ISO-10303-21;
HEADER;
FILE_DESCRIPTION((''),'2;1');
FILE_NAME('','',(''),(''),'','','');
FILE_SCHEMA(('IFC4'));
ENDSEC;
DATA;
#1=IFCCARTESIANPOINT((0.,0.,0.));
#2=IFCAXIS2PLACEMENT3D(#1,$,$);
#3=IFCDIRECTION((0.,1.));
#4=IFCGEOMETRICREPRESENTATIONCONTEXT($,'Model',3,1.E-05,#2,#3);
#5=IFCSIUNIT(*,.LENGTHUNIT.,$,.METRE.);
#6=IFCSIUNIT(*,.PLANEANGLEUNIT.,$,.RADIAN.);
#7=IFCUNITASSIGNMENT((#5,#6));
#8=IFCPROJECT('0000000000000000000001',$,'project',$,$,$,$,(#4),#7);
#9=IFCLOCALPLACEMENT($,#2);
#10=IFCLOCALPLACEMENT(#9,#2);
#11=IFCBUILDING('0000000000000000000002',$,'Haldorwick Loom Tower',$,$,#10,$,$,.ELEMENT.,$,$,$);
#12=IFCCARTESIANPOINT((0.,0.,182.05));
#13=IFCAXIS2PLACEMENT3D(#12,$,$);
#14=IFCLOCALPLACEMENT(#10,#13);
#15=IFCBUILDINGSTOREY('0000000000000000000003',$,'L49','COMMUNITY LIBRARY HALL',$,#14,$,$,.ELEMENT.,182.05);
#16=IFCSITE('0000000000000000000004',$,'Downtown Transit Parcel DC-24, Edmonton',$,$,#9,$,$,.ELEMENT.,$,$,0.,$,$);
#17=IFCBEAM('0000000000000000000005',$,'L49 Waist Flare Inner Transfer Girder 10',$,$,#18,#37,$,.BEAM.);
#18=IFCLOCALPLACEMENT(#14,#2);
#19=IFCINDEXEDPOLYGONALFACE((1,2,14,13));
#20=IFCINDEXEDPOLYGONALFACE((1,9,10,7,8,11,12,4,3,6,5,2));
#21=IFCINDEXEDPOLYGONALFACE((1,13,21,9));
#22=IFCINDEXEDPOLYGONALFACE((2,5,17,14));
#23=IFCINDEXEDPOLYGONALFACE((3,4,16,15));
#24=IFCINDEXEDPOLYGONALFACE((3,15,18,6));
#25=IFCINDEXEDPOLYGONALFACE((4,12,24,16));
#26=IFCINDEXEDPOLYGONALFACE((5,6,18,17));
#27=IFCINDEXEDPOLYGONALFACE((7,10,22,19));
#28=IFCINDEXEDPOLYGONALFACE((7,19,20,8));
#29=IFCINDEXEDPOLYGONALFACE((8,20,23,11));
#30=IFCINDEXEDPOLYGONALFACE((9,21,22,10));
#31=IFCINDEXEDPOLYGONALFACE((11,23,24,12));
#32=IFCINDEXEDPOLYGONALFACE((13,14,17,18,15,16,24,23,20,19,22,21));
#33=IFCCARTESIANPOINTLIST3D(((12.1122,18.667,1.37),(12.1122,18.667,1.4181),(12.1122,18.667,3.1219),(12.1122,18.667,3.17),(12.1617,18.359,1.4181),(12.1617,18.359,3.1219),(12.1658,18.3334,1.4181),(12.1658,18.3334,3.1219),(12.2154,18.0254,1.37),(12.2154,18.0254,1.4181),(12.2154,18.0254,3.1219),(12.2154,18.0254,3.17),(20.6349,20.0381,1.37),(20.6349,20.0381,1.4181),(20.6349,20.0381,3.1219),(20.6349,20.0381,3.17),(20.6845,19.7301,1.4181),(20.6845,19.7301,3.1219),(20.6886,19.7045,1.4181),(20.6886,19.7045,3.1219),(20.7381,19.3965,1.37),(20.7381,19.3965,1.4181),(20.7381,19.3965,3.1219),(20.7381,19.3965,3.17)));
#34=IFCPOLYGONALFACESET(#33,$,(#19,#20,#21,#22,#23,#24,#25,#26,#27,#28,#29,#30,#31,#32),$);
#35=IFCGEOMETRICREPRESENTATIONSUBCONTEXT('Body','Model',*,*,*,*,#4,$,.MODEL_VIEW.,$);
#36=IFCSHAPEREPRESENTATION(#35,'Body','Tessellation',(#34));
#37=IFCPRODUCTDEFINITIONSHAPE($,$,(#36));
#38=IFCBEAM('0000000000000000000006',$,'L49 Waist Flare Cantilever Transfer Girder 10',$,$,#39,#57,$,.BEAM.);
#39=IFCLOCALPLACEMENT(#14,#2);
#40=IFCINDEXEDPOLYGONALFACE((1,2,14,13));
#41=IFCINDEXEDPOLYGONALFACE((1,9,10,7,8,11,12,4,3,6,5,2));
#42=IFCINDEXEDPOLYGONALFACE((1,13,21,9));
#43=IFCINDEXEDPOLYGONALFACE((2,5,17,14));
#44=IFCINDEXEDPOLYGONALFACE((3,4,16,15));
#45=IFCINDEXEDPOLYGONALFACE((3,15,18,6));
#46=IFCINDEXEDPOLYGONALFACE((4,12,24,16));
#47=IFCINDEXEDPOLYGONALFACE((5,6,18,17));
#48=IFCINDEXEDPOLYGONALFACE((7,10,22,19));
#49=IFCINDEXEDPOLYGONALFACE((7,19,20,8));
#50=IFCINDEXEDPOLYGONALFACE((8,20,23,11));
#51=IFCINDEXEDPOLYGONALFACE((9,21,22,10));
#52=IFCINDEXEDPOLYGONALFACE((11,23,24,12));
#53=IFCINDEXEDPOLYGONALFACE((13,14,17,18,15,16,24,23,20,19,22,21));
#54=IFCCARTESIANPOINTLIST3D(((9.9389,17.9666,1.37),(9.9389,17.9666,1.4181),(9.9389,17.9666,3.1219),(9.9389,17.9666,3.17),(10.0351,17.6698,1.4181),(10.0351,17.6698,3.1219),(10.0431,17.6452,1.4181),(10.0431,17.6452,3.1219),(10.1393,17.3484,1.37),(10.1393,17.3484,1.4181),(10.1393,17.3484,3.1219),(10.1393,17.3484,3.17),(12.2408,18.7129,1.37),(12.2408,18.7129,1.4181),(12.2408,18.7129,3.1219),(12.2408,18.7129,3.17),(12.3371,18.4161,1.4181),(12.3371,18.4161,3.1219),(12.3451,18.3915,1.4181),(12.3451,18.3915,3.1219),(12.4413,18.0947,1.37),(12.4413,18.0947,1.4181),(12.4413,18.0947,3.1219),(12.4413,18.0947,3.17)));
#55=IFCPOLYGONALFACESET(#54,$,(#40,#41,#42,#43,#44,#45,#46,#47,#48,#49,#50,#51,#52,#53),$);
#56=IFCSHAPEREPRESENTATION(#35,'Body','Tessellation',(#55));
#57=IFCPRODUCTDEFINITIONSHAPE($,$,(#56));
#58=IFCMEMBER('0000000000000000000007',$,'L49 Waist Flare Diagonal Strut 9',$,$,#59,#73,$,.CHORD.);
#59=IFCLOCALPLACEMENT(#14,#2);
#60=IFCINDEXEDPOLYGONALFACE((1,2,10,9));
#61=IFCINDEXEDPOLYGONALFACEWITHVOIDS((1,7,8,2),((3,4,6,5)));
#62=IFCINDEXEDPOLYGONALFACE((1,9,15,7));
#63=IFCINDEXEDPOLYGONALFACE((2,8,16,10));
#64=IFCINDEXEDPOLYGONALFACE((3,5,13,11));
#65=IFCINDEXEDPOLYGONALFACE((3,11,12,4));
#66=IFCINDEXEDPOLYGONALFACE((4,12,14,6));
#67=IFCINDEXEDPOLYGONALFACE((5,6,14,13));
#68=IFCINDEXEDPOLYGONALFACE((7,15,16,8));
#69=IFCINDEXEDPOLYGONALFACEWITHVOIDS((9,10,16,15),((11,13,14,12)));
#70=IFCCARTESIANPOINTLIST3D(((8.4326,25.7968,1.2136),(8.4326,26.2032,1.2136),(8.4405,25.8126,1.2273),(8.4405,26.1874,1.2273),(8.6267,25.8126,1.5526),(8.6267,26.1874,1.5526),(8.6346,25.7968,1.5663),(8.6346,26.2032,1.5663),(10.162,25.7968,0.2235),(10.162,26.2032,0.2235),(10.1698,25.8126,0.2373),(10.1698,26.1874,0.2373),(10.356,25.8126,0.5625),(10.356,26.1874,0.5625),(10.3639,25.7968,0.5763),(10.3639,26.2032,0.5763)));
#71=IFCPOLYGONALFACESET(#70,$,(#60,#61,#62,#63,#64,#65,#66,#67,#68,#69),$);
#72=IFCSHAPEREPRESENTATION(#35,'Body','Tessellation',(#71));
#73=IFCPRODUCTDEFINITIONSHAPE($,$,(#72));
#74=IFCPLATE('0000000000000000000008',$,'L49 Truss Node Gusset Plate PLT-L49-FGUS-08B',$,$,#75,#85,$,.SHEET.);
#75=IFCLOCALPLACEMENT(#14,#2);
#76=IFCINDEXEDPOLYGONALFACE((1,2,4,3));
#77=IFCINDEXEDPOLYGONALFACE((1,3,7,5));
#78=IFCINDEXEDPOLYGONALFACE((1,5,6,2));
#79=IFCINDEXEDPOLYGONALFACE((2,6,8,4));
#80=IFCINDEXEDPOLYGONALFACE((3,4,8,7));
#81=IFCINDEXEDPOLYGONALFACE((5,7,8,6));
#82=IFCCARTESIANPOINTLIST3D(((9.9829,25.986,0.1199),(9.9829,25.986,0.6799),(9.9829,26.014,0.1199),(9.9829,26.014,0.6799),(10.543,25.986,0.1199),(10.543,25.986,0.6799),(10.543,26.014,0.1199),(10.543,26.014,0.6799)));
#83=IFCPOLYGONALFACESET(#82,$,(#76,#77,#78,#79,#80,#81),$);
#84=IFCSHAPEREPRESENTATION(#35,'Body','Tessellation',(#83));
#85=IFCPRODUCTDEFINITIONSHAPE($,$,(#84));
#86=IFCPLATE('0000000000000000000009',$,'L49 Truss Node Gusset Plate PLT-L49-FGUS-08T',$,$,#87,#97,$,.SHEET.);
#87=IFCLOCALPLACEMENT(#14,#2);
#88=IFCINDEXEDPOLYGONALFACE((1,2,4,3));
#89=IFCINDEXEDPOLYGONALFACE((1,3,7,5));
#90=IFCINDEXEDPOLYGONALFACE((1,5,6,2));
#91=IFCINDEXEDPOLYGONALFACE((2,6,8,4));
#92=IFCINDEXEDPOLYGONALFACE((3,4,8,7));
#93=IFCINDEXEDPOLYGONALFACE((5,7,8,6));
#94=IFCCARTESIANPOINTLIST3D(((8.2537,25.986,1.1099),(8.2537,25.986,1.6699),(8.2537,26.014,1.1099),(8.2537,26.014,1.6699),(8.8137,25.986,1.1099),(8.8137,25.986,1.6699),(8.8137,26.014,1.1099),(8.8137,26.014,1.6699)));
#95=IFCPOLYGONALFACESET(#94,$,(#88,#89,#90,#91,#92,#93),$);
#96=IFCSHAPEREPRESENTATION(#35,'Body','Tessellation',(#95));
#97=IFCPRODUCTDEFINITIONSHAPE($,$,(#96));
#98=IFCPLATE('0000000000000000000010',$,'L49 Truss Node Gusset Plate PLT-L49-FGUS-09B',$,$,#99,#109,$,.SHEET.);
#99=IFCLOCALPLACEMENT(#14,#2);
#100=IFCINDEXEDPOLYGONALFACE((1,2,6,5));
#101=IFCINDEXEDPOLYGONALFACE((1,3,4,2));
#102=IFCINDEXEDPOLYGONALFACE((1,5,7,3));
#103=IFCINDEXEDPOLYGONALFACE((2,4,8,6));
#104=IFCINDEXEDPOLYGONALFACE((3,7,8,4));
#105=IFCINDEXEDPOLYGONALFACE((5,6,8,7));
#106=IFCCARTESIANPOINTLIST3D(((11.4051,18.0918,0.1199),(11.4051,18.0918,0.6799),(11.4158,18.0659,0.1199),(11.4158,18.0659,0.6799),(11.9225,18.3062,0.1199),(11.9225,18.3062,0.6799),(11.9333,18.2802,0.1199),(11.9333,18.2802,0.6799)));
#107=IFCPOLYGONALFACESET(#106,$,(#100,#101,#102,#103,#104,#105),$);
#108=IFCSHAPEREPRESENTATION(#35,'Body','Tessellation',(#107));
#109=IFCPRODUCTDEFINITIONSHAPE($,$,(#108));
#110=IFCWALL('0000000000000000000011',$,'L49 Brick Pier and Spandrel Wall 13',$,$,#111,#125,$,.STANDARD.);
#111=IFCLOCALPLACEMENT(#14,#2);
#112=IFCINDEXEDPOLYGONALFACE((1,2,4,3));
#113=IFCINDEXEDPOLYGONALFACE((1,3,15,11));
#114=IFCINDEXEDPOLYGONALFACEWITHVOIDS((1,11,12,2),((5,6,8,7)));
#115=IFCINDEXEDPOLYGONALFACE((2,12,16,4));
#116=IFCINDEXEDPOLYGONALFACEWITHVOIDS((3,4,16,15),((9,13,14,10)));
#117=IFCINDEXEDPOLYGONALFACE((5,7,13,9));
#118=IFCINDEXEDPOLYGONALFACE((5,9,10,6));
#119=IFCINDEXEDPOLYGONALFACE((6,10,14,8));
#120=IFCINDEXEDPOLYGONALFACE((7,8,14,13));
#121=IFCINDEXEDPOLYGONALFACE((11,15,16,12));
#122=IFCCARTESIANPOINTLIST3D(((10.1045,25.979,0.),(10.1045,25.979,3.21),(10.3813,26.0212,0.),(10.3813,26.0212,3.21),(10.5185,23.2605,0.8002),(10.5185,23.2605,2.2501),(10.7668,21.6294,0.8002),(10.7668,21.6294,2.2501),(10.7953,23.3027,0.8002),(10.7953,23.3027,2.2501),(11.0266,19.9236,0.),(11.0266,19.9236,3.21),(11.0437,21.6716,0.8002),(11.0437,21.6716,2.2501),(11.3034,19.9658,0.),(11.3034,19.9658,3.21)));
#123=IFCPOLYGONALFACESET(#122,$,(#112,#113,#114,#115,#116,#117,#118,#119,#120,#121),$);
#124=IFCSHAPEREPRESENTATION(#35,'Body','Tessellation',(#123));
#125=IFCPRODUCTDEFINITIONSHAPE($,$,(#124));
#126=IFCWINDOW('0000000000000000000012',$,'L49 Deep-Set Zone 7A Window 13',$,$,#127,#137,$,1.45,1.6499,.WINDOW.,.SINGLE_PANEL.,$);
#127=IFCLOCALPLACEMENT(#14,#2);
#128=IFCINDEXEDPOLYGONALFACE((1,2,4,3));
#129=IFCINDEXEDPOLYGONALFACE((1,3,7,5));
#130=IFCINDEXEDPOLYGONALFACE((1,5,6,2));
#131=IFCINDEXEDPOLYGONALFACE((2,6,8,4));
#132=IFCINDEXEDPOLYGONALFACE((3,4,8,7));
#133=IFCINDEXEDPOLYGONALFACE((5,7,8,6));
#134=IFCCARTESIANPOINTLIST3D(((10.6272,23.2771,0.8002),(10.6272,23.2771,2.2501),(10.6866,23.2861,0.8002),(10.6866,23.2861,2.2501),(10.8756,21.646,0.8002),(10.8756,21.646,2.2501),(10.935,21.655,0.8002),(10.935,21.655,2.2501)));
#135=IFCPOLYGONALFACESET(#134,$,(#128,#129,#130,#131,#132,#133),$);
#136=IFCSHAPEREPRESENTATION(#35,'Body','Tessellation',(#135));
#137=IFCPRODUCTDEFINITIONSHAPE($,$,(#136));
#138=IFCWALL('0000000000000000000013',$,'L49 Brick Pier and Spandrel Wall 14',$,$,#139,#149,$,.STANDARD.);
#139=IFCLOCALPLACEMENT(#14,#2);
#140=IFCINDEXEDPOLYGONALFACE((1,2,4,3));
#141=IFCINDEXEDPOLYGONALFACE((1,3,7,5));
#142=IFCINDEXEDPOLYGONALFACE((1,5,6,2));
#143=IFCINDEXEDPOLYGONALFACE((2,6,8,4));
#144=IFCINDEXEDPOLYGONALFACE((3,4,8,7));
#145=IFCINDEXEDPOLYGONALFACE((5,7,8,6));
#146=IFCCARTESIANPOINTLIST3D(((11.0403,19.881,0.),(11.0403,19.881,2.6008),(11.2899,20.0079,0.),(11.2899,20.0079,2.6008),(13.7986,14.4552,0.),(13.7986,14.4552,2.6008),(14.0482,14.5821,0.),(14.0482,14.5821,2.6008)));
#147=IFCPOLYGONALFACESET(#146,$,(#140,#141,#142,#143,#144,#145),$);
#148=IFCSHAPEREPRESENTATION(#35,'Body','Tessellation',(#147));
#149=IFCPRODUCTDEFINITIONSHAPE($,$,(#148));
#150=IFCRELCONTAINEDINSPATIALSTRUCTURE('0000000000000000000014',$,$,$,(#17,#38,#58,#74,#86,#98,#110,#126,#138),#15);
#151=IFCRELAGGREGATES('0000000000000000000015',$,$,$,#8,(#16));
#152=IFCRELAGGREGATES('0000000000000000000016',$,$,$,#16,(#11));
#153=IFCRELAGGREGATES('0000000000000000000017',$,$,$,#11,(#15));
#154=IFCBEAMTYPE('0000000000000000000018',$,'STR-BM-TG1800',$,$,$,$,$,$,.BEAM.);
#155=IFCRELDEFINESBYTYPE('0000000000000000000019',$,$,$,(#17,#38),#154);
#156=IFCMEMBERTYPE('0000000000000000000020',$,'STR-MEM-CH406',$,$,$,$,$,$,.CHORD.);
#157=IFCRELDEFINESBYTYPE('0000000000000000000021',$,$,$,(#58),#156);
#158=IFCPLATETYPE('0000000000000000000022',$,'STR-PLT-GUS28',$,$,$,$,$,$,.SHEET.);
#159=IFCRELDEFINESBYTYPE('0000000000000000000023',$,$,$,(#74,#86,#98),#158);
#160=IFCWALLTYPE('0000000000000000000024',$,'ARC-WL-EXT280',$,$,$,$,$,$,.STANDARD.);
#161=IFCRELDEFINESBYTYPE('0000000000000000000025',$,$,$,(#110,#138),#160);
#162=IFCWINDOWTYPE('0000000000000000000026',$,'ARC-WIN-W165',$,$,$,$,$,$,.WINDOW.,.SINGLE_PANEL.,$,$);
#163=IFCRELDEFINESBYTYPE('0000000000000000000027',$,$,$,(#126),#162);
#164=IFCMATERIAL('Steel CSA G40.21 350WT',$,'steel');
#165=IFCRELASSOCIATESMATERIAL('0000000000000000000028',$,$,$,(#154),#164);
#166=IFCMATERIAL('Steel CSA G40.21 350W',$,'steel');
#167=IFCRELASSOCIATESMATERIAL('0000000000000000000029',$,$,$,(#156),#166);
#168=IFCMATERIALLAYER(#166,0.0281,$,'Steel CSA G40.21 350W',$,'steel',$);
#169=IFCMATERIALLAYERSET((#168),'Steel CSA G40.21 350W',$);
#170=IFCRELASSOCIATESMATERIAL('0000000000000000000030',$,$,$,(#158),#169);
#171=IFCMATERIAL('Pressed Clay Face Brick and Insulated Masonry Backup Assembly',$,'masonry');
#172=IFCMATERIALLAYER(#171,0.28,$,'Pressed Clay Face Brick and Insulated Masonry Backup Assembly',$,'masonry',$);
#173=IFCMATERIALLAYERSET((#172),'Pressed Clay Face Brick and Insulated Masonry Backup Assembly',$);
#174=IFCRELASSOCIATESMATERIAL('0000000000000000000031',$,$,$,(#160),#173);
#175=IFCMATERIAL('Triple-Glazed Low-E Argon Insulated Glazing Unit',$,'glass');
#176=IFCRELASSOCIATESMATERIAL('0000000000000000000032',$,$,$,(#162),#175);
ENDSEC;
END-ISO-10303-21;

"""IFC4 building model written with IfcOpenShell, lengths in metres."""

from ifc_helpers import new_model, si_unit, direction, frame, frame_2d, origin, origin_2d, place, context, subcontext, project, spatial, rectangle, hollow_rectangle, i_section, extrude, material, layer, layer_set, material_profile, profile_set, type_object, element, fill, save


model = new_model("IFC4")

# Units and contexts
model_context = context("Model", 3, precision=1e-05, world=origin(), true_north=direction((0.0, 1.0)))
body_context = subcontext(model_context, "Body", "Model", "MODEL_VIEW")
ifc_project = project(units=[si_unit("LENGTHUNIT", "METRE"), si_unit("PLANEANGLEUNIT", "RADIAN")], contexts=[model_context])

# Site, building, storey
site_placement = place(None, origin())
site = spatial("IfcSite", under=ifc_project, at=site_placement, Name="Downtown Transit Parcel DC-24, Edmonton", CompositionType="ELEMENT", RefElevation=0.0)
building_placement = place(site_placement, origin())
building = spatial("IfcBuilding", under=site, at=building_placement, Name="Haldorwick Loom Tower", CompositionType="ELEMENT")
storey_placement = place(building_placement, frame((0.0, 0.0, 182.05)))
storey = spatial("IfcBuildingStorey", under=building, at=storey_placement, Name="L49", Description="COMMUNITY LIBRARY HALL", CompositionType="ELEMENT", Elevation=182.05)

# Beams
ifc_material_1 = material(Name="Steel CSA G40.21 350W", Category="steel")
ifc_material_2 = material(Name="Steel CSA G40.21 350WT", Category="steel")
ifc_material_profile_1 = material_profile(ifc_material_2, i_section(OverallWidth=0.6499, OverallDepth=1.8, WebThickness=0.0259, FlangeThickness=0.0481, at=origin_2d()), Name="WWF1800X650", Category="steel")
ifc_profile_set_1 = profile_set([ifc_material_profile_1], Name="Steel CSA G40.21 350WT")
beam_type_1 = type_object("IfcBeamType", Name="STR-BM-TG1800", PredefinedType="BEAM", material=ifc_profile_set_1)
beam_1_placement = place(storey_placement, frame((20.6865, 19.7173, 2.27), z_axis=(-0.987305, -0.158833, 0.0), x_axis=(0.158833, -0.987305, 0.0)))
element("IfcBeam", 1, at=beam_1_placement, inside=storey, type_object=beam_type_1, Name="L49 Waist Flare Inner Transfer Girder 10", PredefinedType="BEAM", context=body_context, shape_type="SweptSolid", body=[
    extrude(i_section(OverallWidth=0.6499, OverallDepth=1.8, WebThickness=0.0259, FlangeThickness=0.0481, at=origin_2d()), origin(), (0.0, 0.0, 1.0), 8.6323),
])
beam_2_placement = place(storey_placement, frame((12.3411, 18.4038, 2.27), z_axis=(-0.951254, -0.308408, 0.0), x_axis=(0.308408, -0.951254, 0.0)))
element("IfcBeam", 2, at=beam_2_placement, inside=storey, type_object=beam_type_1, Name="L49 Waist Flare Cantilever Transfer Girder 10", PredefinedType="BEAM", context=body_context, shape_type="SweptSolid", body=[
    extrude(i_section(OverallWidth=0.6499, OverallDepth=1.8, WebThickness=0.0259, FlangeThickness=0.0481, at=origin_2d()), origin(), (0.0, 0.0, 1.0), 2.4199),
])

# Member
ifc_material_profile_2 = material_profile(ifc_material_1, hollow_rectangle(XDim=0.4065, YDim=0.4065, WallThickness=0.0159, at=origin_2d()), Name="HSS406X406X16", Category="steel")
ifc_profile_set_2 = profile_set([ifc_material_profile_2], Name="Steel CSA G40.21 350W")
member_type = type_object("IfcMemberType", Name="STR-MEM-CH406", PredefinedType="CHORD", material=ifc_profile_set_2)
member_placement = place(storey_placement, frame((10.2629, 26.0, 0.3999), z_axis=(-0.867843, 0.0, 0.496838), x_axis=(0.0, -1.0, 0.0)))
element("IfcMember", 3, at=member_placement, inside=storey, type_object=member_type, Name="L49 Waist Flare Diagonal Strut 9", PredefinedType="CHORD", context=body_context, shape_type="SweptSolid", body=[
    extrude(hollow_rectangle(XDim=0.4065, YDim=0.4065, WallThickness=0.0159, at=origin_2d()), origin(), (0.0, 0.0, 1.0), 1.9927),
])

# Plates
ifc_layer_1 = layer(ifc_material_1, 0.0281, Name="Steel CSA G40.21 350W", Category="steel")
ifc_layer_set_1 = layer_set([ifc_layer_1], Name="Steel CSA G40.21 350W")
plate_type = type_object("IfcPlateType", Name="STR-PLT-GUS28", PredefinedType="SHEET", material=ifc_layer_set_1)
for number, where, z_axis, x_axis, name in (
    (4, (10.2629, 26.0, 0.1199), (0.0, 0.0, 1.0), (-1.0, 0.0, 0.0), "L49 Truss Node Gusset Plate PLT-L49-FGUS-08B"),
    (5, (8.5337, 26.0, 1.1099), (0.0, 0.0, 1.0), (-1.0, 0.0, 0.0), "L49 Truss Node Gusset Plate PLT-L49-FGUS-08T"),
    (6, (11.6692, 18.186, 0.1199), (0.0, 0.0, 1.0), (-0.92388, -0.382683, 0.0), "L49 Truss Node Gusset Plate PLT-L49-FGUS-09B"),
):
    element("IfcPlate", number, at=place(storey_placement, frame(where, z_axis=z_axis, x_axis=x_axis)), inside=storey, type_object=plate_type, Name=name, PredefinedType="SHEET", context=body_context, shape_type="SweptSolid", body=[
        extrude(rectangle(XDim=0.5601, YDim=0.0281, at=origin_2d()), origin(), (0.0, 0.0, 1.0), 0.5601),
    ])

# Wall, opening, window
ifc_material_3 = material(Name="Pressed Clay Face Brick and Insulated Masonry Backup Assembly", Category="masonry")
ifc_layer_2 = layer(ifc_material_3, 0.28, Name="Pressed Clay Face Brick and Insulated Masonry Backup Assembly", Category="masonry")
ifc_layer_set_2 = layer_set([ifc_layer_2], Name="Pressed Clay Face Brick and Insulated Masonry Backup Assembly")
wall_type_1 = type_object("IfcWallType", Name="ARC-WL-EXT280", PredefinedType="STANDARD", material=ifc_layer_set_2)
wall_1_placement = place(storey_placement, frame((10.2429, 26.0, 0.0), z_axis=(0.0, 0.0, 1.0), x_axis=(0.150544, -0.988603, 0.0)))
wall_1 = element("IfcWall", 7, at=wall_1_placement, inside=storey, type_object=wall_type_1, Name="L49 Brick Pier and Spandrel Wall 13", PredefinedType="STANDARD", context=body_context, shape_type="SweptSolid", body=[
    extrude(rectangle(XDim=6.1252, YDim=0.28, at=frame_2d((3.0625, 0.0))), origin(), (0.0, 0.0, 1.0), 3.21),
])
opening_1_placement = place(wall_1_placement, frame((2.7498, 0.0, 0.8)))
opening_1 = element("IfcOpeningElement", 8, at=opening_1_placement, cuts=wall_1, PredefinedType="OPENING", context=body_context, shape_type="SweptSolid", body=[
    extrude(rectangle(XDim=1.6499, YDim=1.45, at=frame_2d((0.825, 0.7251))), frame((0.0, 0.1499, 0.0), z_axis=(0.0, -1.0, 0.0), x_axis=(1.0, 0.0, 0.0)), (0.0, 0.0, 1.0), 0.3),
])
ifc_material_4 = material(Name="Triple-Glazed Low-E Argon Insulated Glazing Unit", Category="glass")
window_type = type_object("IfcWindowType", Name="ARC-WIN-W165", PartitioningType="SINGLE_PANEL", PredefinedType="WINDOW", material=ifc_material_4)
window_placement = place(opening_1_placement, origin())
window = element("IfcWindow", 9, at=window_placement, inside=storey, type_object=window_type, Name="L49 Deep-Set Zone 7A Window 13", OverallHeight=1.45, OverallWidth=1.6499, PartitioningType="SINGLE_PANEL", PredefinedType="WINDOW", context=body_context, shape_type="SweptSolid", body=[
    extrude(rectangle(XDim=1.6499, YDim=1.45, at=frame_2d((0.825, 0.7251))), frame((0.0, 0.03, 0.0), z_axis=(0.0, -1.0, 0.0), x_axis=(1.0, 0.0, 0.0)), (0.0, 0.0, 1.0), 0.0601),
])
fill(opening_1, window)

# Wall
wall_2_placement = place(storey_placement, frame((11.165, 19.9446, 0.0), z_axis=(0.0, 0.0, 1.0), x_axis=(0.453172, -0.891423, 0.0)))
element("IfcWall", 10, at=wall_2_placement, inside=storey, type_object=wall_type_1, Name="L49 Brick Pier and Spandrel Wall 14", PredefinedType="STANDARD", context=body_context, shape_type="SweptSolid", body=[
    extrude(rectangle(XDim=6.0867, YDim=0.28, at=frame_2d((3.0435, 0.0))), origin(), (0.0, 0.0, 1.0), 2.6008),
])

save(model, "model.ifc")
